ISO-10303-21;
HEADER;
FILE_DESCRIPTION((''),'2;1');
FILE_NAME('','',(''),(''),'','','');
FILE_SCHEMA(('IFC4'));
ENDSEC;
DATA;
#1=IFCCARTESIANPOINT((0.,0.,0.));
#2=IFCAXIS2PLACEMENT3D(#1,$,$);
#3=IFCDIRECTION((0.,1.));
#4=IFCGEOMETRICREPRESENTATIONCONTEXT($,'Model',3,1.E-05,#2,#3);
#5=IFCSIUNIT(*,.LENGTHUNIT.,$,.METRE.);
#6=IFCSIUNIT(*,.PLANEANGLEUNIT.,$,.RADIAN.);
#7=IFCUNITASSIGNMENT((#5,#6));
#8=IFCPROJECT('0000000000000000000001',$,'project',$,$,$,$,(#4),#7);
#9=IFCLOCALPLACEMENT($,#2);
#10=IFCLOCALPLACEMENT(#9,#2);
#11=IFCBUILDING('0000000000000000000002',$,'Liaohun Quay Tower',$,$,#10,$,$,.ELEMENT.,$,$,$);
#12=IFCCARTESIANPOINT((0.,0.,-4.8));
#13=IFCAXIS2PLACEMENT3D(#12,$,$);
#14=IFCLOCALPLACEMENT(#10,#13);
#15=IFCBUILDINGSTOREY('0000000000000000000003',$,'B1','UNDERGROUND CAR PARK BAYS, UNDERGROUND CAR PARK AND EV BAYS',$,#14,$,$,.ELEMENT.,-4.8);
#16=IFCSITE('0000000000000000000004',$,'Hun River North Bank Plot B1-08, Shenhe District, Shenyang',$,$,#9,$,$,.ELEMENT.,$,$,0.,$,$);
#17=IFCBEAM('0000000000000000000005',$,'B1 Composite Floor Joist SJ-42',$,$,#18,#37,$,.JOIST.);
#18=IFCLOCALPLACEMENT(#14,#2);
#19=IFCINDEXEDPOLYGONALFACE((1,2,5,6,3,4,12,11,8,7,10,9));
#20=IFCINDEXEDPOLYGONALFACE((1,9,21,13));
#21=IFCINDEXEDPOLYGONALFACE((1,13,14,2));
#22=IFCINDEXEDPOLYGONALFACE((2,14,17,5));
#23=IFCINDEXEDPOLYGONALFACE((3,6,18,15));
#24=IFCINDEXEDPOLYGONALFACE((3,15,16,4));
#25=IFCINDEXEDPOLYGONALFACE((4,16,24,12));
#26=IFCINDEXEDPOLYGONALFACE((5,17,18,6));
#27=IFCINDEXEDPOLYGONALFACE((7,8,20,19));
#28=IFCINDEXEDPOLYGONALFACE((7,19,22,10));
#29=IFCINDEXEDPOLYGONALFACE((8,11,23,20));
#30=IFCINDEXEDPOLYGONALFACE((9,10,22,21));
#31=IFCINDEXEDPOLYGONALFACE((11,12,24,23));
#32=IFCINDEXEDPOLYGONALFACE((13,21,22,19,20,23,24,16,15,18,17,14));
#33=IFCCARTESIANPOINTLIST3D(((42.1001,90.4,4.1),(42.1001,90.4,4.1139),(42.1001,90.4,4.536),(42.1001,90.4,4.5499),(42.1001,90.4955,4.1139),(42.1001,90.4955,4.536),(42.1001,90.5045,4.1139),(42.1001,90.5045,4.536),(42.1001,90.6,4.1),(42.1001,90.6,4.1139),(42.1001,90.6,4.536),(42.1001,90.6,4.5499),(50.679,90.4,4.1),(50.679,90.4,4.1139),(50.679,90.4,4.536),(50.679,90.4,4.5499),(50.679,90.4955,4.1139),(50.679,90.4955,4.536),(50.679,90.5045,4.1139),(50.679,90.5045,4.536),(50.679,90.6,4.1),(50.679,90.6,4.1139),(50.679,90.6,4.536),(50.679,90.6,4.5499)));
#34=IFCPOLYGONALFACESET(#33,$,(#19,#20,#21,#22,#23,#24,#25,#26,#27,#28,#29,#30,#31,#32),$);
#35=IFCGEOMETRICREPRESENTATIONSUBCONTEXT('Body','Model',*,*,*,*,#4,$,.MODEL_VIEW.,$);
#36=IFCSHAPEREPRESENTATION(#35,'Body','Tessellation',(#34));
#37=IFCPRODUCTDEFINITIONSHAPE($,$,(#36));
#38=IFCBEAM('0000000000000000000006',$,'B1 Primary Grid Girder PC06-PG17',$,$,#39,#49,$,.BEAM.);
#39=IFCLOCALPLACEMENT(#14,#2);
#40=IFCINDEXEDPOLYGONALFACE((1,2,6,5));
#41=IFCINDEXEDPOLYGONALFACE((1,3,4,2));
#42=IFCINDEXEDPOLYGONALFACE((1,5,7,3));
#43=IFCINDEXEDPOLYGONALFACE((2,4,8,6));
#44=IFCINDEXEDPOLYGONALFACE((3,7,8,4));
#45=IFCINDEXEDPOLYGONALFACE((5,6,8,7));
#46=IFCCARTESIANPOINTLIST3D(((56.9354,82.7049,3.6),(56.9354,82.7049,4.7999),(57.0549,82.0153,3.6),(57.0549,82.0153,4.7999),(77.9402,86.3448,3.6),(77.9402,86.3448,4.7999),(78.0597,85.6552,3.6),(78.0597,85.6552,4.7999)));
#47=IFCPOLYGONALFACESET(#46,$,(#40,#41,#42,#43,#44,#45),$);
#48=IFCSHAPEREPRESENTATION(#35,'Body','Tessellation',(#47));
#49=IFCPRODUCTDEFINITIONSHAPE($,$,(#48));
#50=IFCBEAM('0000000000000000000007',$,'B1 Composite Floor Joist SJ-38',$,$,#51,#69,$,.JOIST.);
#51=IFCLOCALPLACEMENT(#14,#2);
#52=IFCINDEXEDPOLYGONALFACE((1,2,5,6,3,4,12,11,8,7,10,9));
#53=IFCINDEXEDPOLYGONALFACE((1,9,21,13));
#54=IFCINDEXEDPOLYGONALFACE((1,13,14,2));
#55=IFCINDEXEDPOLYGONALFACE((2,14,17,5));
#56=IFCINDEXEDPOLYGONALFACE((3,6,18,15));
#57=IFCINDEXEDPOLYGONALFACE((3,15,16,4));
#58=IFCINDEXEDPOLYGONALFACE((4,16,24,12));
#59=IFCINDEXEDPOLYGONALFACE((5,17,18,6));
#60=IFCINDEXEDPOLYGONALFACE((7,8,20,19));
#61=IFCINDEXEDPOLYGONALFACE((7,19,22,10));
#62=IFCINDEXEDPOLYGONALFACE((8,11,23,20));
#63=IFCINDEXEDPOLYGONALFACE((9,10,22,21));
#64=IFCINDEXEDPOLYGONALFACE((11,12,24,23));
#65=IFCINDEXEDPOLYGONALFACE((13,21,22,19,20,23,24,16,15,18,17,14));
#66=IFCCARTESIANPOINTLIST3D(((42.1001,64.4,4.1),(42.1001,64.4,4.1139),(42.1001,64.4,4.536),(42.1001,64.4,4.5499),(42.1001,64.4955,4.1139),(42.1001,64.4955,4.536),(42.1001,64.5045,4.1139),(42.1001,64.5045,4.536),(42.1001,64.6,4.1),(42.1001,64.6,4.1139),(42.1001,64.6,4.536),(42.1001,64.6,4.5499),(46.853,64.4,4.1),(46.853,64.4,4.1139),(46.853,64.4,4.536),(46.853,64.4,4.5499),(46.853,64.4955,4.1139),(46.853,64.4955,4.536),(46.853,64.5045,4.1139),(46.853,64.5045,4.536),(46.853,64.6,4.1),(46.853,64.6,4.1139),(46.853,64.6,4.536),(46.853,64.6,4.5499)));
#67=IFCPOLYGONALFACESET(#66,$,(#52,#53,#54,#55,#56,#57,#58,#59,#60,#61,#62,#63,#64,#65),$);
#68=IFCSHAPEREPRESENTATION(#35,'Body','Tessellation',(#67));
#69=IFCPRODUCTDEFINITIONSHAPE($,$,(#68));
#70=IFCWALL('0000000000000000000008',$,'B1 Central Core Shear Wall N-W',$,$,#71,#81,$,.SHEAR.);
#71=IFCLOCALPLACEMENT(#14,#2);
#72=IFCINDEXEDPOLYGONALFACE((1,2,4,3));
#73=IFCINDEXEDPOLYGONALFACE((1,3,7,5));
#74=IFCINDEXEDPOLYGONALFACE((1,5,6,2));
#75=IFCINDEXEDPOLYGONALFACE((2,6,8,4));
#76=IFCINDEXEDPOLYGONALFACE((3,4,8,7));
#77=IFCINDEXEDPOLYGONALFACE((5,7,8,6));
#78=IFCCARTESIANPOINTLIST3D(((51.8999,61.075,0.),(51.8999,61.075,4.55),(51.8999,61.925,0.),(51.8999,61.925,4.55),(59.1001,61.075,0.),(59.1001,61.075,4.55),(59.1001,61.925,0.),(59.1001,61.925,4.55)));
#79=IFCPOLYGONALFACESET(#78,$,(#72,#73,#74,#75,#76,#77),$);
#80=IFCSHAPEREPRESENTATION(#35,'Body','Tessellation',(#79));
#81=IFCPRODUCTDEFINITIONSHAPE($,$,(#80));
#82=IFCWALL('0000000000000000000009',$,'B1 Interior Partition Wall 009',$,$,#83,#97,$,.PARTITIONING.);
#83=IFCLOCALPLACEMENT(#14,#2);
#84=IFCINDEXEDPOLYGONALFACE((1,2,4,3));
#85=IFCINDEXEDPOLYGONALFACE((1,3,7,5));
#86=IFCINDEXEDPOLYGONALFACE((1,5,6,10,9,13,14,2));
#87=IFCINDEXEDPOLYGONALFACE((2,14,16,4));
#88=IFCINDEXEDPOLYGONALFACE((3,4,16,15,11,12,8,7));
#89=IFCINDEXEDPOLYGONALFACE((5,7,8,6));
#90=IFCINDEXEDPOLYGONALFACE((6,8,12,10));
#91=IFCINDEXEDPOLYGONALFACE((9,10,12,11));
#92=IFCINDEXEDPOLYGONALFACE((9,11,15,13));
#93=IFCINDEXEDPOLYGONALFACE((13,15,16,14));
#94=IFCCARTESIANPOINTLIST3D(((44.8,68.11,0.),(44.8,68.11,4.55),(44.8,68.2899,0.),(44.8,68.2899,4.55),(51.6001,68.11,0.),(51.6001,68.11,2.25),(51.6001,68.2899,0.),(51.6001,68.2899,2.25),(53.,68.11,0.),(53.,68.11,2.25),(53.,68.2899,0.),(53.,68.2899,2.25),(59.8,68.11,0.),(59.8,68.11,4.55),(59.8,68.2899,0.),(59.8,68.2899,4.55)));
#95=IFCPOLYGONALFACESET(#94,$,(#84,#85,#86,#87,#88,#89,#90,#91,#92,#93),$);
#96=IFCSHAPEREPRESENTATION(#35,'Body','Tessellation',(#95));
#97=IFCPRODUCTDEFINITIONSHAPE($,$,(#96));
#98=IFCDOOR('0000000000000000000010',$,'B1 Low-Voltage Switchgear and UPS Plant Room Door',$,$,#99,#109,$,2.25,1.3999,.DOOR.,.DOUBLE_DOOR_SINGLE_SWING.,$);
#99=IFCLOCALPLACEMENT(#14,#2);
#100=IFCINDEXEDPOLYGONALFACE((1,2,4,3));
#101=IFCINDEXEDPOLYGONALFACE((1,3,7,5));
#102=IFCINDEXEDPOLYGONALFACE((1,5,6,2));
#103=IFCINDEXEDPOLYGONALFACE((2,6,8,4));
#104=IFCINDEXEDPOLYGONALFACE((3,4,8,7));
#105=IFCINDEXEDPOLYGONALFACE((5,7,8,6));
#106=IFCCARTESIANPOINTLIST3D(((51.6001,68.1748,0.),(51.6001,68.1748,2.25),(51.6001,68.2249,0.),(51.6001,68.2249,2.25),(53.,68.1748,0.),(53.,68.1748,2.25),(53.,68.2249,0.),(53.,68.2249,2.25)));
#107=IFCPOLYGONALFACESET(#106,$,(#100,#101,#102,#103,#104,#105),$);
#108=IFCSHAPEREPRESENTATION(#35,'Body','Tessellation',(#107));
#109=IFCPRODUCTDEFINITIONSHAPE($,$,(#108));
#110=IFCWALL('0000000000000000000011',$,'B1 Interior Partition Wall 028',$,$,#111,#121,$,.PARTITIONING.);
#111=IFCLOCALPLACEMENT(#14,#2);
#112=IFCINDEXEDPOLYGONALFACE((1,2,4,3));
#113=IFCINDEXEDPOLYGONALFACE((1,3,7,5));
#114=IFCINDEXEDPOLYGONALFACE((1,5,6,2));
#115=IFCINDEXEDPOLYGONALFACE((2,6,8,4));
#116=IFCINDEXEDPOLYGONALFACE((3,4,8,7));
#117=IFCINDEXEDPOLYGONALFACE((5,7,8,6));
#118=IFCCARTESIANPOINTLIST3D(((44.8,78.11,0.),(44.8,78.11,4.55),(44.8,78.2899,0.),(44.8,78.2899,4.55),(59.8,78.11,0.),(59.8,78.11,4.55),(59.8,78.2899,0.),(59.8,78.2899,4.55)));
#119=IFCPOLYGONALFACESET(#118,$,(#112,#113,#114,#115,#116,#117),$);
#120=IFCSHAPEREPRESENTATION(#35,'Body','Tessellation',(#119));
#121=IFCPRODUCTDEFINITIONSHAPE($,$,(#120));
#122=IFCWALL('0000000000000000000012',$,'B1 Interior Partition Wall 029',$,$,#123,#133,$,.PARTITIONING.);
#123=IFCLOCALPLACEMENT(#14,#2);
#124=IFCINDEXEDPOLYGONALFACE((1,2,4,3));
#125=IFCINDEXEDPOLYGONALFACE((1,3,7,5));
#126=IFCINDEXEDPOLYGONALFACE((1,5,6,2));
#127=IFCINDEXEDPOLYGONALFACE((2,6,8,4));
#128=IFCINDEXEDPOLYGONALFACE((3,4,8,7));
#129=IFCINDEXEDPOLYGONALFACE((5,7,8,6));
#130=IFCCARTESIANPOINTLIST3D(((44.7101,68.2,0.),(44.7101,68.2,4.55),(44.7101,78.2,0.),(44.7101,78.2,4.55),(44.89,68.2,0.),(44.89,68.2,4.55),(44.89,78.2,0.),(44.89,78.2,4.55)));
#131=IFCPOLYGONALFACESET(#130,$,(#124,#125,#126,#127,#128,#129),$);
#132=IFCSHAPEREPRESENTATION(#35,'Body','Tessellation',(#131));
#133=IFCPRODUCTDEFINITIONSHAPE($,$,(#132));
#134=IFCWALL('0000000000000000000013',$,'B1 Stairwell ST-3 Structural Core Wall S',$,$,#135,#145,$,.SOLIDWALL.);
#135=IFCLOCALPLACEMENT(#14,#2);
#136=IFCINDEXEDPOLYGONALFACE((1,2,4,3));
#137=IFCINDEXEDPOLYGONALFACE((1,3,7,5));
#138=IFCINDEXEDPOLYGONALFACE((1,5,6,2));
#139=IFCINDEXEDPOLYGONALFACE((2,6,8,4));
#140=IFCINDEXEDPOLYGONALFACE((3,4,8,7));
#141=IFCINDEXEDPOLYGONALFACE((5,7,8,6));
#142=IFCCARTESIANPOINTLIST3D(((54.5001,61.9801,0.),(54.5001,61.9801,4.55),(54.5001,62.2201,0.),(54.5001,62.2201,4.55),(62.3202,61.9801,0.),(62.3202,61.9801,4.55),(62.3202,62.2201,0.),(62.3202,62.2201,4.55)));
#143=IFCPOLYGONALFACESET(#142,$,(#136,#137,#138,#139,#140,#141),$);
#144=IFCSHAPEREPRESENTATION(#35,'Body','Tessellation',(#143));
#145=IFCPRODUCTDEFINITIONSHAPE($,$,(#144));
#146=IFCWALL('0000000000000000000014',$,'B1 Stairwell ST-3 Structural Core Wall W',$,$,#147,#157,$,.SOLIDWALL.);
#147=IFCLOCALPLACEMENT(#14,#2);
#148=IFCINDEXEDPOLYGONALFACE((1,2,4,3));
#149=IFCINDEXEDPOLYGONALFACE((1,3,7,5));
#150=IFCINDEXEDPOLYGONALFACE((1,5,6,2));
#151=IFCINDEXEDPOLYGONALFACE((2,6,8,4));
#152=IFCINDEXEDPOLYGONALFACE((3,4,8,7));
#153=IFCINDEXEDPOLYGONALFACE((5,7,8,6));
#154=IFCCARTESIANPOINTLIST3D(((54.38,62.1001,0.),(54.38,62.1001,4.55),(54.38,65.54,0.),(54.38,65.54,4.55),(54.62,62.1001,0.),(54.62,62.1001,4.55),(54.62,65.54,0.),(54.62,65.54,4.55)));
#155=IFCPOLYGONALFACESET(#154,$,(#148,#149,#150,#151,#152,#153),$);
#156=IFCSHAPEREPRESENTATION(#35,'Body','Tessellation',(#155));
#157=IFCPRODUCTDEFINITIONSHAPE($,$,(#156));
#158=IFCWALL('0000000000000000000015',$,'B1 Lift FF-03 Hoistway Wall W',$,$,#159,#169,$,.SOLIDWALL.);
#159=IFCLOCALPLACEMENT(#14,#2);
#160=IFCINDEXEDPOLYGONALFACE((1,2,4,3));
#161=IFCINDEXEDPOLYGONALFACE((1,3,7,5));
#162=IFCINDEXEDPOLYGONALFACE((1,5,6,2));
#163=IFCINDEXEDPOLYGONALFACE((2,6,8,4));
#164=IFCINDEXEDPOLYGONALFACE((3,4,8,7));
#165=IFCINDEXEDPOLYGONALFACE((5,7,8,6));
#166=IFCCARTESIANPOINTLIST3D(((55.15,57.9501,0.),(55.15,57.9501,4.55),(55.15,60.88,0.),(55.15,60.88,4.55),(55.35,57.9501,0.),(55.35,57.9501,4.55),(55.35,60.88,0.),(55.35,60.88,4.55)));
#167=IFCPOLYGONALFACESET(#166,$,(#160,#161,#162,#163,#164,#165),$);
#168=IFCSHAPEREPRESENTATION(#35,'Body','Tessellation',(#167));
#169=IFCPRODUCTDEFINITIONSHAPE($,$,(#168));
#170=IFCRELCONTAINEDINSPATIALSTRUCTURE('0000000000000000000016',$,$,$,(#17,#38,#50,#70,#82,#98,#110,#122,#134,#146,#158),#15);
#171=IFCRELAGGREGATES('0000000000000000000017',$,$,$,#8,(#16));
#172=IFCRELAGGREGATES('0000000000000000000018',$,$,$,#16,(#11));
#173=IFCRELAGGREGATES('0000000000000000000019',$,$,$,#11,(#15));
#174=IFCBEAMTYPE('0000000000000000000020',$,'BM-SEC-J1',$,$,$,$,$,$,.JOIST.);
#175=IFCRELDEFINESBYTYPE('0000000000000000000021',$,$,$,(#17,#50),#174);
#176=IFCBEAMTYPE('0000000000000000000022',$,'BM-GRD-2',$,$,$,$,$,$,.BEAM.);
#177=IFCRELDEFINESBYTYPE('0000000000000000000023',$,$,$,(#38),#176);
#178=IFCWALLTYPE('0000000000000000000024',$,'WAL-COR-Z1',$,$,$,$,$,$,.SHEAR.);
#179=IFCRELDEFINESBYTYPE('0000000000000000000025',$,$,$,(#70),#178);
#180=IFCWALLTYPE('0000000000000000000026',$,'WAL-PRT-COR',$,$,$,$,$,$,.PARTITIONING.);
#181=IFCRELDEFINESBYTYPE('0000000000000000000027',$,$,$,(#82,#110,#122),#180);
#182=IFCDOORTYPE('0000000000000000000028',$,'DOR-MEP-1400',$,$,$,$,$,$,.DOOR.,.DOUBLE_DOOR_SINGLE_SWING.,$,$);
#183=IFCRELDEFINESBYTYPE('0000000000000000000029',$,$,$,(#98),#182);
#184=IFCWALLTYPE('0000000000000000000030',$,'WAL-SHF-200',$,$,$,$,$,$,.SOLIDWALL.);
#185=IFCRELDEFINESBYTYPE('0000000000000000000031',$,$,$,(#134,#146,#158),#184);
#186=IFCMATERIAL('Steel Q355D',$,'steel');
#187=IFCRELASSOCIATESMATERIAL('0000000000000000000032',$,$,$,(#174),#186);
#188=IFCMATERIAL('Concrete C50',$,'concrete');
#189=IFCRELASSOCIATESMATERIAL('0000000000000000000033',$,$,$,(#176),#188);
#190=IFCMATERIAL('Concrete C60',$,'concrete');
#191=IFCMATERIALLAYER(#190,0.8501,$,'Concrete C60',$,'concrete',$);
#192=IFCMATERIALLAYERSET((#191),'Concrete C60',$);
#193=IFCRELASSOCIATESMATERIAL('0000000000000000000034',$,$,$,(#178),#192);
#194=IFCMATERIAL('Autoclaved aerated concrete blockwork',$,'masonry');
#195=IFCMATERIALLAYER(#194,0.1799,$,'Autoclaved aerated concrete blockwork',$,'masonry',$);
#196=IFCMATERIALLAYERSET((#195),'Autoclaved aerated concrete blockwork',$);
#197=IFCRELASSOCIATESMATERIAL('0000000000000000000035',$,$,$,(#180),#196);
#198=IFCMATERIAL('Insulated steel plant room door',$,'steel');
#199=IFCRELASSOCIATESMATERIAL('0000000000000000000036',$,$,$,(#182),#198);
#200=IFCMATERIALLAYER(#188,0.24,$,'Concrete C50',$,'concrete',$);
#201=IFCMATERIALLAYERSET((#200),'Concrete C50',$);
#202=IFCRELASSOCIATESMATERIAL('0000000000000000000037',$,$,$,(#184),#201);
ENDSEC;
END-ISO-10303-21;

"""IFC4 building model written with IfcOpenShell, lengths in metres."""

from ifc_helpers import new_model, si_unit, direction, frame, frame_2d, origin, origin_2d, place, context, subcontext, project, spatial, rectangle, i_section, extrude, source, transform, mapped, material, layer, layer_set, material_profile, profile_set, type_object, element, fill, save


model = new_model("IFC4")

# Units and contexts
model_context = context("Model", 3, precision=1e-05, world=origin(), true_north=direction((0.0, 1.0)))
body_context = subcontext(model_context, "Body", "Model", "MODEL_VIEW")
ifc_project = project(units=[si_unit("LENGTHUNIT", "METRE"), si_unit("PLANEANGLEUNIT", "RADIAN")], contexts=[model_context])

# Site, building, storey
site_placement = place(None, origin())
site = spatial("IfcSite", under=ifc_project, at=site_placement, Name="Hun River North Bank Plot B1-08, Shenhe District, Shenyang", CompositionType="ELEMENT", RefElevation=0.0)
building_placement = place(site_placement, origin())
building = spatial("IfcBuilding", under=site, at=building_placement, Name="Liaohun Quay Tower", CompositionType="ELEMENT")
storey_placement = place(building_placement, frame((0.0, 0.0, -4.8)))
storey = spatial("IfcBuildingStorey", under=building, at=storey_placement, Name="B1", Description="UNDERGROUND CAR PARK BAYS, UNDERGROUND CAR PARK AND EV BAYS", CompositionType="ELEMENT", Elevation=-4.8)

# Shared definitions
ifc_material_1 = material(Name="Concrete C60", Category="concrete")

# Beams
ifc_material_2 = material(Name="Steel Q355D", Category="steel")
ifc_material_profile_1 = material_profile(ifc_material_2, i_section(OverallWidth=0.2, OverallDepth=0.45, WebThickness=0.009, FlangeThickness=0.0139, at=origin_2d()), Name="HN450x200x9x14")
ifc_profile_set_1 = profile_set([ifc_material_profile_1], Name="Steel Q355D")
beam_type_1 = type_object("IfcBeamType", Name="BM-SEC-J1", PredefinedType="JOIST", material=ifc_profile_set_1)
shared_shape_1 = source(origin(), body_context, "Body", "SweptSolid", [
    extrude(i_section(OverallWidth=0.2, OverallDepth=0.45, WebThickness=0.009, FlangeThickness=0.0139, at=origin_2d()), origin(), (0.0, 0.0, 1.0), 8.5789),
])
beam_1_placement = place(storey_placement, frame((42.1001, 90.5, 4.325), z_axis=(1.0, 0.0, 0.0), x_axis=(0.0, 1.0, 0.0)))
element("IfcBeam", 1, at=beam_1_placement, inside=storey, type_object=beam_type_1, Name="B1 Composite Floor Joist SJ-42", PredefinedType="JOIST", context=body_context, shape_type="MappedRepresentation", body=[
    mapped(shared_shape_1, transform((0.0, 0.0, 0.0), x_axis=(1.0, 0.0, 0.0), y_axis=(0.0, 1.0, 0.0), z_axis=(0.0, 0.0, 1.0), scale=1.0)),
])
ifc_material_3 = material(Name="Concrete C50", Category="concrete")
ifc_material_profile_2 = material_profile(ifc_material_3, rectangle(XDim=0.7, YDim=1.2, at=origin_2d()), Name="RC700x1200")
ifc_profile_set_2 = profile_set([ifc_material_profile_2], Name="Concrete C50")
beam_type_2 = type_object("IfcBeamType", Name="BM-GRD-2", PredefinedType="BEAM", material=ifc_profile_set_2)
shared_shape_2 = source(origin(), body_context, "Body", "SweptSolid", [
    extrude(rectangle(XDim=0.7, YDim=1.2, at=origin_2d()), origin(), (0.0, 0.0, 1.0), 21.3179),
])
beam_2_placement = place(storey_placement, frame((56.9951, 82.3601, 4.2), z_axis=(0.985316, 0.170743, 0.0), x_axis=(-0.170743, 0.985316, 0.0)))
element("IfcBeam", 2, at=beam_2_placement, inside=storey, type_object=beam_type_2, Name="B1 Primary Grid Girder PC06-PG17", PredefinedType="BEAM", context=body_context, shape_type="MappedRepresentation", body=[
    mapped(shared_shape_2, transform((0.0, 0.0, 0.0), x_axis=(1.0, 0.0, 0.0), y_axis=(0.0, 1.0, 0.0), z_axis=(0.0, 0.0, 1.0), scale=1.0)),
])
shared_shape_3 = source(origin(), body_context, "Body", "SweptSolid", [
    extrude(i_section(OverallWidth=0.2, OverallDepth=0.45, WebThickness=0.009, FlangeThickness=0.0139, at=origin_2d()), origin(), (0.0, 0.0, 1.0), 4.7529),
])
beam_3_placement = place(storey_placement, frame((42.1001, 64.5, 4.325), z_axis=(1.0, 0.0, 0.0), x_axis=(0.0, 1.0, 0.0)))
element("IfcBeam", 3, at=beam_3_placement, inside=storey, type_object=beam_type_1, Name="B1 Composite Floor Joist SJ-38", PredefinedType="JOIST", context=body_context, shape_type="MappedRepresentation", body=[
    mapped(shared_shape_3, transform((0.0, 0.0, 0.0), x_axis=(1.0, 0.0, 0.0), y_axis=(0.0, 1.0, 0.0), z_axis=(0.0, 0.0, 1.0), scale=1.0)),
])

# Wall
ifc_layer_1 = layer(ifc_material_1, 0.8501, Name="Concrete C60", Category="concrete")
ifc_layer_set_1 = layer_set([ifc_layer_1], Name="Concrete C60")
wall_type_1 = type_object("IfcWallType", Name="WAL-COR-Z1", PredefinedType="SHEAR", material=ifc_layer_set_1)
wall_1_placement = place(storey_placement, frame((51.8999, 61.5, 0.0), z_axis=(0.0, 0.0, 1.0), x_axis=(1.0, 0.0, 0.0)))
element("IfcWall", 4, at=wall_1_placement, inside=storey, type_object=wall_type_1, Name="B1 Central Core Shear Wall N-W", PredefinedType="SHEAR", context=body_context, shape_type="SweptSolid", body=[
    extrude(rectangle(XDim=7.2002, YDim=0.8501, at=frame_2d((3.6001, 0.0))), origin(), (0.0, 0.0, 1.0), 4.55),
])

# Wall, opening, door
ifc_material_4 = material(Name="Autoclaved aerated concrete blockwork", Category="masonry")
ifc_layer_2 = layer(ifc_material_4, 0.1799, Name="Autoclaved aerated concrete blockwork", Category="masonry")
ifc_layer_set_2 = layer_set([ifc_layer_2], Name="Autoclaved aerated concrete blockwork")
wall_type_2 = type_object("IfcWallType", Name="WAL-PRT-COR", PredefinedType="PARTITIONING", material=ifc_layer_set_2)
wall_2_placement = place(storey_placement, frame((44.8, 68.2, 0.0), z_axis=(0.0, 0.0, 1.0), x_axis=(1.0, 0.0, 0.0)))
wall_2 = element("IfcWall", 5, at=wall_2_placement, inside=storey, type_object=wall_type_2, Name="B1 Interior Partition Wall 009", PredefinedType="PARTITIONING", context=body_context, shape_type="SweptSolid", body=[
    extrude(rectangle(XDim=15.0, YDim=0.1799, at=frame_2d((7.5, 0.0))), origin(), (0.0, 0.0, 1.0), 4.55),
])
shared_shape_4 = source(origin(), body_context, "Body", "SweptSolid", [
    extrude(rectangle(XDim=1.3999, YDim=2.25, at=frame_2d((0.7, 1.125))), frame((0.0, 0.0999, 0.0), z_axis=(0.0, -1.0, 0.0), x_axis=(1.0, 0.0, 0.0)), (0.0, 0.0, 1.0), 0.2),
])
opening_placement = place(wall_2_placement, frame((6.8, 0.0, 0.0)))
opening = element("IfcOpeningElement", 6, at=opening_placement, cuts=wall_2, PredefinedType="OPENING", context=body_context, shape_type="MappedRepresentation", body=[
    mapped(shared_shape_4, transform((0.0, 0.0, 0.0), x_axis=(1.0, 0.0, 0.0), y_axis=(0.0, 1.0, 0.0), z_axis=(0.0, 0.0, 1.0), scale=1.0)),
])
ifc_material_5 = material(Name="Insulated steel plant room door", Category="steel")
door_type = type_object("IfcDoorType", Name="DOR-MEP-1400", OperationType="DOUBLE_DOOR_SINGLE_SWING", PredefinedType="DOOR", material=ifc_material_5)
shared_shape_5 = source(origin(), body_context, "Body", "SweptSolid", [
    extrude(rectangle(XDim=1.3999, YDim=2.25, at=frame_2d((0.7, 1.125))), frame((0.0, 0.0249, 0.0), z_axis=(0.0, -1.0, 0.0), x_axis=(1.0, 0.0, 0.0)), (0.0, 0.0, 1.0), 0.05),
])
door_placement = place(opening_placement, origin())
door = element("IfcDoor", 7, at=door_placement, inside=storey, type_object=door_type, Name="B1 Low-Voltage Switchgear and UPS Plant Room Door", OperationType="DOUBLE_DOOR_SINGLE_SWING", OverallHeight=2.25, OverallWidth=1.3999, PredefinedType="DOOR", context=body_context, shape_type="MappedRepresentation", body=[
    mapped(shared_shape_5, transform((0.0, 0.0, 0.0), x_axis=(1.0, 0.0, 0.0), y_axis=(0.0, 1.0, 0.0), z_axis=(0.0, 0.0, 1.0), scale=1.0)),
])
fill(opening, door)

# Walls
wall_3_placement = place(storey_placement, frame((44.8, 78.2, 0.0), z_axis=(0.0, 0.0, 1.0), x_axis=(1.0, 0.0, 0.0)))
element("IfcWall", 8, at=wall_3_placement, inside=storey, type_object=wall_type_2, Name="B1 Interior Partition Wall 028", PredefinedType="PARTITIONING", context=body_context, shape_type="SweptSolid", body=[
    extrude(rectangle(XDim=15.0, YDim=0.1799, at=frame_2d((7.5, 0.0))), origin(), (0.0, 0.0, 1.0), 4.55),
])
wall_4_placement = place(storey_placement, frame((44.8, 68.2, 0.0), z_axis=(0.0, 0.0, 1.0), x_axis=(0.0, 1.0, 0.0)))
element("IfcWall", 9, at=wall_4_placement, inside=storey, type_object=wall_type_2, Name="B1 Interior Partition Wall 029", PredefinedType="PARTITIONING", context=body_context, shape_type="SweptSolid", body=[
    extrude(rectangle(XDim=10.0, YDim=0.1799, at=frame_2d((5.0, 0.0))), origin(), (0.0, 0.0, 1.0), 4.55),
])
ifc_layer_3 = layer(ifc_material_3, 0.24, Name="Concrete C50", Category="concrete")
ifc_layer_set_3 = layer_set([ifc_layer_3], Name="Concrete C50")
wall_type_3 = type_object("IfcWallType", Name="WAL-SHF-200", PredefinedType="SOLIDWALL", material=ifc_layer_set_3)
wall_5_placement = place(storey_placement, frame((54.5, 62.1001, 0.0), z_axis=(0.0, 0.0, 1.0), x_axis=(1.0, 0.0, 0.0)))
element("IfcWall", 10, at=wall_5_placement, inside=storey, type_object=wall_type_3, Name="B1 Stairwell ST-3 Structural Core Wall S", PredefinedType="SOLIDWALL", context=body_context, shape_type="SweptSolid", body=[
    extrude(rectangle(XDim=7.8201, YDim=0.24, at=frame_2d((3.9102, 0.0))), origin(), (0.0, 0.0, 1.0), 4.55),
])
wall_6_placement = place(storey_placement, frame((54.5, 65.54, 0.0), z_axis=(0.0, 0.0, 1.0), x_axis=(0.0, -1.0, 0.0)))
element("IfcWall", 11, at=wall_6_placement, inside=storey, type_object=wall_type_3, Name="B1 Stairwell ST-3 Structural Core Wall W", PredefinedType="SOLIDWALL", context=body_context, shape_type="SweptSolid", body=[
    extrude(rectangle(XDim=3.4399, YDim=0.24, at=frame_2d((1.72, 0.0))), origin(), (0.0, 0.0, 1.0), 4.55),
])
wall_7_placement = place(storey_placement, frame((55.25, 60.8799, 0.0), z_axis=(0.0, 0.0, 1.0), x_axis=(0.0, -1.0, 0.0)))
element("IfcWall", 12, at=wall_7_placement, inside=storey, type_object=wall_type_3, Name="B1 Lift FF-03 Hoistway Wall W", PredefinedType="SOLIDWALL", context=body_context, shape_type="SweptSolid", body=[
    extrude(rectangle(XDim=2.9299, YDim=0.2, at=frame_2d((1.4648, 0.0))), origin(), (0.0, 0.0, 1.0), 4.55),
])

save(model, "model.ifc")
